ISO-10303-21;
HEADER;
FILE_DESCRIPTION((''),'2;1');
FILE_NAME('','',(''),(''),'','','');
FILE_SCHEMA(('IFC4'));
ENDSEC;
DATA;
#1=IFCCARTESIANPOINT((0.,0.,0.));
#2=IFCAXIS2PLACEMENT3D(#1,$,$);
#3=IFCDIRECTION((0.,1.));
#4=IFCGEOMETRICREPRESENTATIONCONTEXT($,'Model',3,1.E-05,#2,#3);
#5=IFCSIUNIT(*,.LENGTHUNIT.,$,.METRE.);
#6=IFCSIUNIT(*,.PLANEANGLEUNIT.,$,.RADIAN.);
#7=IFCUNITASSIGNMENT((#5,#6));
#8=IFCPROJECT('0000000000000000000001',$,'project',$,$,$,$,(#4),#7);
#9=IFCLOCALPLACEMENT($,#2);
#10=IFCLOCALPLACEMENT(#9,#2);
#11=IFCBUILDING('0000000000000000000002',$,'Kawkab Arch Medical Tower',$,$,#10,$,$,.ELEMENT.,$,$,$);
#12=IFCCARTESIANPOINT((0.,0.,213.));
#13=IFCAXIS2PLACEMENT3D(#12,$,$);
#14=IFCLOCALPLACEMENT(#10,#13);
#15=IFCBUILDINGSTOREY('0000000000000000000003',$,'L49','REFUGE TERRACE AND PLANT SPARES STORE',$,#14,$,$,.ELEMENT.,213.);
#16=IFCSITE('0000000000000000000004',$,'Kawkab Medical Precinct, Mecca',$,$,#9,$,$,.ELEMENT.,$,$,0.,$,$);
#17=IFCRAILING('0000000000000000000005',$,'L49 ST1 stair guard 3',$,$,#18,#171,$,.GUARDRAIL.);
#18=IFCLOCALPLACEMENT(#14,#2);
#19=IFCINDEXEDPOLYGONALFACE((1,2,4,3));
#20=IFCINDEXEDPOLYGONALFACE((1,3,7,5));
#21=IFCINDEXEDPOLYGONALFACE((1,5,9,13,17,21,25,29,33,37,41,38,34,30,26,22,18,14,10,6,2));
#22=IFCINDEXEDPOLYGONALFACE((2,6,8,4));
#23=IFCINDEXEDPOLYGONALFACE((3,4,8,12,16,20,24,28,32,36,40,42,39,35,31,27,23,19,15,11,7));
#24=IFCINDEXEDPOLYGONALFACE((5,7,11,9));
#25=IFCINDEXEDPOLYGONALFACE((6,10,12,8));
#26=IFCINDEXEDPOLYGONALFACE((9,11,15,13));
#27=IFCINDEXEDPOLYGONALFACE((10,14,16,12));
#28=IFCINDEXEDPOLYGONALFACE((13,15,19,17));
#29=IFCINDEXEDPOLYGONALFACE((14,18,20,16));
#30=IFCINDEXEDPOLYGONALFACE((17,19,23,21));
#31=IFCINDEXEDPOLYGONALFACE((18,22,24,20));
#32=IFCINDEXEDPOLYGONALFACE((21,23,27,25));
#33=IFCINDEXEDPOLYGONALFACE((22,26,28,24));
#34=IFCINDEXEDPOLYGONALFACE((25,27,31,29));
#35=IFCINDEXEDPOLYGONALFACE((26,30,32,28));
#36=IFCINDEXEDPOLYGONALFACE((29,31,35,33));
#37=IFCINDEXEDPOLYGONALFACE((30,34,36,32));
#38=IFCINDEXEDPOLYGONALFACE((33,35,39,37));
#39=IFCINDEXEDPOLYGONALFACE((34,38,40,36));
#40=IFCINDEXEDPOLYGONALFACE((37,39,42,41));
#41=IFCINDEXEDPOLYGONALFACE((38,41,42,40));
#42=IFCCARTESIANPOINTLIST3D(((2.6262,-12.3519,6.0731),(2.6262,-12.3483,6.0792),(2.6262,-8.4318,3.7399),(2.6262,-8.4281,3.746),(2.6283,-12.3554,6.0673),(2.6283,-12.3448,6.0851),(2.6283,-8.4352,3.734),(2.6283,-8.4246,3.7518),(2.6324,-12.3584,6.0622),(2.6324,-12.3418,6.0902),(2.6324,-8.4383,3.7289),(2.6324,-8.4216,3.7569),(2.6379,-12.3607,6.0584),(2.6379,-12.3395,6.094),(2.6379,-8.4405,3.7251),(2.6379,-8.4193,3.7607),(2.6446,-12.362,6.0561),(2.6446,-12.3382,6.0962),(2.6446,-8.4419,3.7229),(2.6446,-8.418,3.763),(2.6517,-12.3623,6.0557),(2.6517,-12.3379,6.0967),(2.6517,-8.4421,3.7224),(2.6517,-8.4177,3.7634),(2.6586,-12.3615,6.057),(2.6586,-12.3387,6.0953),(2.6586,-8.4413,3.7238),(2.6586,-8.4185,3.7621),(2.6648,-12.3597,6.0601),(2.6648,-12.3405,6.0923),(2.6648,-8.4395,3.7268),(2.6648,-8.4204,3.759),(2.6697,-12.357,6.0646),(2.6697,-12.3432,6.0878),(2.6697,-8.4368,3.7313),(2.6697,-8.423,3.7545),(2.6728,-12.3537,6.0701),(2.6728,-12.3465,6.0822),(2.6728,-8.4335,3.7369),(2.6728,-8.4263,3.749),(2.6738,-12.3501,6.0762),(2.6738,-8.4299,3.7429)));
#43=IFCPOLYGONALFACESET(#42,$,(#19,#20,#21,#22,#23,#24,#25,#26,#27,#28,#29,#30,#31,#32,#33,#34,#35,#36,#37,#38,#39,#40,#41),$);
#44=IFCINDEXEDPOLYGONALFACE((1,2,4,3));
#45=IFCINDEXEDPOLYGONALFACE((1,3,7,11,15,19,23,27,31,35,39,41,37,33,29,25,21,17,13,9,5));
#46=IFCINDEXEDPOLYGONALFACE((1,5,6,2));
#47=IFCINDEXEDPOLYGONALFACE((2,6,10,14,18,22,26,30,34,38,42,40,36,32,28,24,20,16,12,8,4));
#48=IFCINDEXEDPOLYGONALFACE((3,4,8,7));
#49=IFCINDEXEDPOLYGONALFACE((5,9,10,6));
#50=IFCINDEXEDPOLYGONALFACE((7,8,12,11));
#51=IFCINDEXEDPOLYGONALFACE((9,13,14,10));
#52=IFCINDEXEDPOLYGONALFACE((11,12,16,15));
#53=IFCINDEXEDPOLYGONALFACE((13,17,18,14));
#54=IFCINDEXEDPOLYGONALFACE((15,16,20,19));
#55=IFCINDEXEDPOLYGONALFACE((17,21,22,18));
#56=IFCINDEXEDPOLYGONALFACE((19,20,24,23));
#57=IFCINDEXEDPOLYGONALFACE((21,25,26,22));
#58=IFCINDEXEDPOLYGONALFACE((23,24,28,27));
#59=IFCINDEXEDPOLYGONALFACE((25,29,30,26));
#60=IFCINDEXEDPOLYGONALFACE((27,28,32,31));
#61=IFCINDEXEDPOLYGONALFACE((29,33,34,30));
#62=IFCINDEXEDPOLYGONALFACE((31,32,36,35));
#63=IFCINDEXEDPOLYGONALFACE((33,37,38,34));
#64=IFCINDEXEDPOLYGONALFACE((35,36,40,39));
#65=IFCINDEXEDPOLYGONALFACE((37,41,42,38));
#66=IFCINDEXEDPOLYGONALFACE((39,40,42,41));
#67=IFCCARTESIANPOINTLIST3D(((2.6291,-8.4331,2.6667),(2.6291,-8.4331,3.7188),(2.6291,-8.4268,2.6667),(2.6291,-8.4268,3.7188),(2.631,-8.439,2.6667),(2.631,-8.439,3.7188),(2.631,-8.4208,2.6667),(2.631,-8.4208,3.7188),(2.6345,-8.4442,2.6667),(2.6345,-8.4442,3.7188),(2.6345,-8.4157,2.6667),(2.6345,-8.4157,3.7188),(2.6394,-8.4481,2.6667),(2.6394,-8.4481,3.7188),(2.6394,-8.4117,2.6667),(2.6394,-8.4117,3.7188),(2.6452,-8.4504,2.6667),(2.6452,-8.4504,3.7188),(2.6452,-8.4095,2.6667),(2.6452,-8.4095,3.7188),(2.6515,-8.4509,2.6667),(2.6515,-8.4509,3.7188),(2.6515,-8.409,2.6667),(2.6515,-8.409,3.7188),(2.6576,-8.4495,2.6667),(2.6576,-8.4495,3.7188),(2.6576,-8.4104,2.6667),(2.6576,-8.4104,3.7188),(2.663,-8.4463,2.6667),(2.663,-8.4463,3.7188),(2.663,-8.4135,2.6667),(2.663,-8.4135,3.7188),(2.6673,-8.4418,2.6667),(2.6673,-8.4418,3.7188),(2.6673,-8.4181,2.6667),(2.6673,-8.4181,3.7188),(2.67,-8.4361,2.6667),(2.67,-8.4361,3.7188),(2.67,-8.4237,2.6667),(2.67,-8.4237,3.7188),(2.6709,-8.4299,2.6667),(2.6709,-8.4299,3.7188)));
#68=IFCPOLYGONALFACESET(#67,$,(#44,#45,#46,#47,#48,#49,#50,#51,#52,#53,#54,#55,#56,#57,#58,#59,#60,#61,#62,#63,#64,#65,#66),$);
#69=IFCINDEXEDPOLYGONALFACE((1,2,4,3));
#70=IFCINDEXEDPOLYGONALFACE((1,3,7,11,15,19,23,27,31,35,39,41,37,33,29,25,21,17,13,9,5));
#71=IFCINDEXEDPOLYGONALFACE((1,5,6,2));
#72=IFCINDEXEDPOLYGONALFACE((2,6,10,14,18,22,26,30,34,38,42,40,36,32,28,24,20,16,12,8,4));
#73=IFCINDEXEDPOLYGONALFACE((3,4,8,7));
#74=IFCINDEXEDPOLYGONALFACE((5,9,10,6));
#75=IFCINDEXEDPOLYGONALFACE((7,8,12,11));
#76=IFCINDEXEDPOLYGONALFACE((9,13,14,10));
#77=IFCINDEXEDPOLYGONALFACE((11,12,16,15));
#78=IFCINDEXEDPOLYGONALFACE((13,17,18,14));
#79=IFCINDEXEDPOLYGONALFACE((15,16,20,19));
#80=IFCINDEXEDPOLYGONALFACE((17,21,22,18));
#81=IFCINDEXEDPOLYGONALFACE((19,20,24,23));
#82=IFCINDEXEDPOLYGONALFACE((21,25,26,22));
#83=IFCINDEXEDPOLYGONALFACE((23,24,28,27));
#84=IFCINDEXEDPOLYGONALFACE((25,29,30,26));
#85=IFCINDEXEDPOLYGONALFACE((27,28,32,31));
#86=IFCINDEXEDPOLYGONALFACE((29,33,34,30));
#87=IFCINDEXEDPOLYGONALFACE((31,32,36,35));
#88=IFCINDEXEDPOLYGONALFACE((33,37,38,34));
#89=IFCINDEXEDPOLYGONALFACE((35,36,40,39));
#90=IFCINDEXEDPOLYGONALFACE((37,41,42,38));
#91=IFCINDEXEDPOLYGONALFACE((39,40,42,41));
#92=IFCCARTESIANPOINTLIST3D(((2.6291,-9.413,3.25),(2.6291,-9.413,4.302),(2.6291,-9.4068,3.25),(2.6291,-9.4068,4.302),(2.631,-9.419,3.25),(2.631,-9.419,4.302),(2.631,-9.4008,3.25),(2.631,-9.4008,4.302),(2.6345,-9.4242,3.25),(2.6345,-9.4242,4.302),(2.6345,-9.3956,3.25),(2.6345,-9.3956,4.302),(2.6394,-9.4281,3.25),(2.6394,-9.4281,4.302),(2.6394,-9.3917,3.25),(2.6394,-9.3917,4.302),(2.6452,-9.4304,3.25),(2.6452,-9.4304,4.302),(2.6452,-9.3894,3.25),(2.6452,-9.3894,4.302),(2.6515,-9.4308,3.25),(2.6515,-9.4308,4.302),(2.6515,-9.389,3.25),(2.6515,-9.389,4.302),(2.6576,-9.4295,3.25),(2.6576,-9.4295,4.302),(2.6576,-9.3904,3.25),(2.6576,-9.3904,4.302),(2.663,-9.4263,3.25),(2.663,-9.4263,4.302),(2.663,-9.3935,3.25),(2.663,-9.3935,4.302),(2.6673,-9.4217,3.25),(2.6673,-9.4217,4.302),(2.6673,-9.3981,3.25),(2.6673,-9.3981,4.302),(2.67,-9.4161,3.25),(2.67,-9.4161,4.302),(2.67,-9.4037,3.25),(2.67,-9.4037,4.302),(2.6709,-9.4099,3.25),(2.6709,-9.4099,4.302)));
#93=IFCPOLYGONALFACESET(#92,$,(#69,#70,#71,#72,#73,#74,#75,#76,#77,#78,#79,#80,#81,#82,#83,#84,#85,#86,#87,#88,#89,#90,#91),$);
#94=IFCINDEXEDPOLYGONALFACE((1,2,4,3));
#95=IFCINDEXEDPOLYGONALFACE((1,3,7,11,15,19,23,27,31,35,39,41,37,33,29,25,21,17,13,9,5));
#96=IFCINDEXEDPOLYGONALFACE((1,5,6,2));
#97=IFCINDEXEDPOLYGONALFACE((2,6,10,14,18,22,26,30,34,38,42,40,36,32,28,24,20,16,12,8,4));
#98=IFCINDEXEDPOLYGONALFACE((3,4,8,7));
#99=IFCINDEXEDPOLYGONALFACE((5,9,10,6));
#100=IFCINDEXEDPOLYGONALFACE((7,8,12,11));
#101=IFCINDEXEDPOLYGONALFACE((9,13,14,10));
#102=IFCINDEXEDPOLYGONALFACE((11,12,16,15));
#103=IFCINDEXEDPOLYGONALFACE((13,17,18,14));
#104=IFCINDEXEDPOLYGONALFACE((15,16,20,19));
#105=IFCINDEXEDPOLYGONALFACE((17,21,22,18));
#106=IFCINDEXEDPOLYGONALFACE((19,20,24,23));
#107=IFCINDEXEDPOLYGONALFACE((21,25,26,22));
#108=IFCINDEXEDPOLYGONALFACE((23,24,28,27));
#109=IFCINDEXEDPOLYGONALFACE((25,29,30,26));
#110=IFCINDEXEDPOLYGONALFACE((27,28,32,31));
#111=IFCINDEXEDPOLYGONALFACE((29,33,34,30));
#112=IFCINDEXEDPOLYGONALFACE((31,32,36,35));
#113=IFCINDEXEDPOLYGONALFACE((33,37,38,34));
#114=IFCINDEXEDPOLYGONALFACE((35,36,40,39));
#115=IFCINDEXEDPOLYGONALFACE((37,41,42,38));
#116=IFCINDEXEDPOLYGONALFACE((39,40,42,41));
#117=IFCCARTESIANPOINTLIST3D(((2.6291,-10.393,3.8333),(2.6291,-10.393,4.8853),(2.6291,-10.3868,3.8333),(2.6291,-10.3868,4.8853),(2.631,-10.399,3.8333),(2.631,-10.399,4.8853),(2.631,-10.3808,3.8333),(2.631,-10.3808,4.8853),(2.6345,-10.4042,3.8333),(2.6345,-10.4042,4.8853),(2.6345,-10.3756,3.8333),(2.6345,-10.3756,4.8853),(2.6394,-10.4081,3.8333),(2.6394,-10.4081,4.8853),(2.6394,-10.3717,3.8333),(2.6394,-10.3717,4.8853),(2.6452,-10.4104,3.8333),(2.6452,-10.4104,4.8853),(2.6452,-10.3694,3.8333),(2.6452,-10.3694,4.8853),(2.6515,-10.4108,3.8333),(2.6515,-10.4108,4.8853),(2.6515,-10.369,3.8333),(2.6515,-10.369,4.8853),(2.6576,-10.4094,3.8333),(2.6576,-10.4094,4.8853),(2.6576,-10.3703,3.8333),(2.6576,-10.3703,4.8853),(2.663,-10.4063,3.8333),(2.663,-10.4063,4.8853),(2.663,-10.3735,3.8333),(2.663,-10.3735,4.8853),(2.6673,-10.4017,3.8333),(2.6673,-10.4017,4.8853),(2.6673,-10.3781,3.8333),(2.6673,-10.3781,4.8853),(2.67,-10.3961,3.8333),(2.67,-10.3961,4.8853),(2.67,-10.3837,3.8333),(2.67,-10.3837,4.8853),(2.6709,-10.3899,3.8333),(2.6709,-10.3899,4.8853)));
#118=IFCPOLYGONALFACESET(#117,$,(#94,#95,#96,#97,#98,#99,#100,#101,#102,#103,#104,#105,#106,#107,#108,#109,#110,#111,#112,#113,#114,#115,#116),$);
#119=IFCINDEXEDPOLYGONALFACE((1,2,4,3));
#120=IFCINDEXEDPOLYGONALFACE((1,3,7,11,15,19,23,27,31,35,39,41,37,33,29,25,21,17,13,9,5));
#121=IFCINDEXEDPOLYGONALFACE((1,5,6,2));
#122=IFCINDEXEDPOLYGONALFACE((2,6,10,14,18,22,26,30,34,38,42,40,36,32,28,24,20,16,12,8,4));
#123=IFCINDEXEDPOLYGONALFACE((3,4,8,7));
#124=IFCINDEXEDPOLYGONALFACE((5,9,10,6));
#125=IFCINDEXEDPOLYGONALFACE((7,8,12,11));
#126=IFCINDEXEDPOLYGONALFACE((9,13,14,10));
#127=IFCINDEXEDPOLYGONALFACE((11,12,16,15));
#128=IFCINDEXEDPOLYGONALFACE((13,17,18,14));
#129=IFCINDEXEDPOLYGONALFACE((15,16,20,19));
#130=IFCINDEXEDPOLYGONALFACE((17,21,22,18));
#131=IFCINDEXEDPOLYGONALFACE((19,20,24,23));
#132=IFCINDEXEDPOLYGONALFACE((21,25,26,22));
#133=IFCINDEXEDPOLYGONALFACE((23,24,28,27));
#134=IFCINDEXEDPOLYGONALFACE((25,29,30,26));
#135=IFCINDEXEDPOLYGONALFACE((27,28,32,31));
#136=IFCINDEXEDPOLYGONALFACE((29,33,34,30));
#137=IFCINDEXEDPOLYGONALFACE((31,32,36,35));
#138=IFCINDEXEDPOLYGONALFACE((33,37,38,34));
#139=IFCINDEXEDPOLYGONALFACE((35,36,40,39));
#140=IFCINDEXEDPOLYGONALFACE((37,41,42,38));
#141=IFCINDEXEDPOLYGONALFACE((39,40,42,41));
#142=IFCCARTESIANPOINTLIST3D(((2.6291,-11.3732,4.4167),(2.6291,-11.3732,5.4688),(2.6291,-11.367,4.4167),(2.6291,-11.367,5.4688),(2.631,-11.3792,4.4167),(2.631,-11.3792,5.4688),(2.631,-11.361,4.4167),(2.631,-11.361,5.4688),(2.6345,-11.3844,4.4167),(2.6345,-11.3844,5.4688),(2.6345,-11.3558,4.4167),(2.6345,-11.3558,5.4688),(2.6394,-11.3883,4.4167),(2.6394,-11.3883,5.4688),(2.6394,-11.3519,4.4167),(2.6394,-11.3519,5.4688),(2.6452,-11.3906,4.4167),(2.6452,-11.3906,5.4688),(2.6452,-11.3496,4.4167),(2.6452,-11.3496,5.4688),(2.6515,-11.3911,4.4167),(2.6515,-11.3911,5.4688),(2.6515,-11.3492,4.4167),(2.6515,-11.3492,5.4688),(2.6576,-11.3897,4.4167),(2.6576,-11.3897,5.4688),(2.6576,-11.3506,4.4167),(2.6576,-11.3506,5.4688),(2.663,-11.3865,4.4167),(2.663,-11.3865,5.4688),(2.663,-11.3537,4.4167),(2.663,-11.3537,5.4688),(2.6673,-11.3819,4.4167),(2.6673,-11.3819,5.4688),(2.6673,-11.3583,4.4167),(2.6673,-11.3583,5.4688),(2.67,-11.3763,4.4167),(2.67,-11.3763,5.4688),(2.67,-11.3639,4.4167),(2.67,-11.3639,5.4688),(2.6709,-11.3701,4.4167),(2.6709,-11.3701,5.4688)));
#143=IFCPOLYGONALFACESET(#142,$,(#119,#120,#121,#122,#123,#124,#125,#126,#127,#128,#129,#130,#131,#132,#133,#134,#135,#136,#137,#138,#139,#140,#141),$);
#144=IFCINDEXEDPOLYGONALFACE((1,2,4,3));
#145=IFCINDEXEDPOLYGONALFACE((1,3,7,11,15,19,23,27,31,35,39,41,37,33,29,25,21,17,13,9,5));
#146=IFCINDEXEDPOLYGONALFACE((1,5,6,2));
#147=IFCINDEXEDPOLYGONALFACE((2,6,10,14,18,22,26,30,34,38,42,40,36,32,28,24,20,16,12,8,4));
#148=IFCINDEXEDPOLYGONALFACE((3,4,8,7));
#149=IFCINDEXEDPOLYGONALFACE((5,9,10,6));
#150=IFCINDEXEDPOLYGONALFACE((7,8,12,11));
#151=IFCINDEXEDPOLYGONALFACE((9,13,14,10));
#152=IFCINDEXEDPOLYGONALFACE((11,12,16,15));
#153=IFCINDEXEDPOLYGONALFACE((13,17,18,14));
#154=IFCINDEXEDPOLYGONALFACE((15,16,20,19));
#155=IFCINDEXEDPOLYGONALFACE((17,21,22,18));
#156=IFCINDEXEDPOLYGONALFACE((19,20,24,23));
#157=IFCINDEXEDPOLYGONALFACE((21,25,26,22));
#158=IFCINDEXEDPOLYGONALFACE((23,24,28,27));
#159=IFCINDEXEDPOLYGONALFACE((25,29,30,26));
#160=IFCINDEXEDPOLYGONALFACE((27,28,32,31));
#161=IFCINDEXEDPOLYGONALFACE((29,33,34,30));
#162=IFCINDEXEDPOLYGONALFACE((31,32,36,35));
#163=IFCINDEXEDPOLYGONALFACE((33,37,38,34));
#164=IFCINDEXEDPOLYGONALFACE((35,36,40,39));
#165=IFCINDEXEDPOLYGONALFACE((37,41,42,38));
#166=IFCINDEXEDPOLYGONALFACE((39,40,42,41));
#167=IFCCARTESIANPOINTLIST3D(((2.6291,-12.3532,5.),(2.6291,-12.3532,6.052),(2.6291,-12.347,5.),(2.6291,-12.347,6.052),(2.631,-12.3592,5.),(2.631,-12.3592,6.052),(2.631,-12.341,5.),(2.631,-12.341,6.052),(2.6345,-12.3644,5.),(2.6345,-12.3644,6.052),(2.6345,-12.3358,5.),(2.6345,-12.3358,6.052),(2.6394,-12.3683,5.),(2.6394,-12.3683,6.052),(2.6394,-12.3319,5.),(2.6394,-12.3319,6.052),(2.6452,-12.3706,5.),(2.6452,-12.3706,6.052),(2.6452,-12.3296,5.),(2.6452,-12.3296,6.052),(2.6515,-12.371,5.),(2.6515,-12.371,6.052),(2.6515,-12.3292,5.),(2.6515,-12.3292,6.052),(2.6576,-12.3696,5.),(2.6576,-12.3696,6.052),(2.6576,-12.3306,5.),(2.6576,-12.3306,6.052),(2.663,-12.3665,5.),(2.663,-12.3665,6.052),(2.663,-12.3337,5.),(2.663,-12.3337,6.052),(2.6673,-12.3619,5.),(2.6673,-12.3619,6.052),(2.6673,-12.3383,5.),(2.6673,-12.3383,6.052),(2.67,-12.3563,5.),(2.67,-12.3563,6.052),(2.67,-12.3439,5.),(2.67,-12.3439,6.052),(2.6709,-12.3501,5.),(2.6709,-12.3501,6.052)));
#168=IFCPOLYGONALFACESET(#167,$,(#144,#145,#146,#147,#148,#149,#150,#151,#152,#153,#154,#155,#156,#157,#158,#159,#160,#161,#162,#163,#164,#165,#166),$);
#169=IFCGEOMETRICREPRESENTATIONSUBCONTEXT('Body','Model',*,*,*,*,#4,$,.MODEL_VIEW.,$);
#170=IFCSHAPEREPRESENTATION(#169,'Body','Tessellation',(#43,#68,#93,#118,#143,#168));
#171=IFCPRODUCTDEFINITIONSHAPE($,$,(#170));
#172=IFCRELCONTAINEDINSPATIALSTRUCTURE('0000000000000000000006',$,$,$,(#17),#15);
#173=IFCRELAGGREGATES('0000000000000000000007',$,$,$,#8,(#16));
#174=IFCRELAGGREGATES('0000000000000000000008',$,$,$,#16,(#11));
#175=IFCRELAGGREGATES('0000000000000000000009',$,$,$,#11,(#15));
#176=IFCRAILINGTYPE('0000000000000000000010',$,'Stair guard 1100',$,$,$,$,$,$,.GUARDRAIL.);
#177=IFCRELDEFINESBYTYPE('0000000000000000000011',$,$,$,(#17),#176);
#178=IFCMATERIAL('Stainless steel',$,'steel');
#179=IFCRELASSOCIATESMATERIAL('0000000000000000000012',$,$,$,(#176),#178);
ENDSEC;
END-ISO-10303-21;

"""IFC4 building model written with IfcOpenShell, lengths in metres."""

from ifc_helpers import new_model, si_unit, direction, frame, origin, origin_2d, place, context, subcontext, project, spatial, circle, extrude, material, type_object, element, save


model = new_model("IFC4")

# Units and contexts
model_context = context("Model", 3, precision=1e-05, world=origin(), true_north=direction((0.0, 1.0)))
body_context = subcontext(model_context, "Body", "Model", "MODEL_VIEW")
ifc_project = project(units=[si_unit("LENGTHUNIT", "METRE"), si_unit("PLANEANGLEUNIT", "RADIAN")], contexts=[model_context])

# Site, building, storey
site_placement = place(None, origin())
site = spatial("IfcSite", under=ifc_project, at=site_placement, Name="Kawkab Medical Precinct, Mecca", CompositionType="ELEMENT", RefElevation=0.0)
building_placement = place(site_placement, origin())
building = spatial("IfcBuilding", under=site, at=building_placement, Name="Kawkab Arch Medical Tower", CompositionType="ELEMENT")
storey_placement = place(building_placement, frame((0.0, 0.0, 213.0)))
storey = spatial("IfcBuildingStorey", under=building, at=storey_placement, Name="L49", Description="REFUGE TERRACE AND PLANT SPARES STORE", CompositionType="ELEMENT", Elevation=213.0)

# Railing
ifc_material_1 = material(Name="Stainless steel", Category="steel")
railing_type = type_object("IfcRailingType", Name="Stair guard 1100", PredefinedType="GUARDRAIL", material=ifc_material_1)
railing_1_placement = place(storey_placement, frame((2.6499, -8.4299, 2.6667)))
element("IfcRailing", 1, at=railing_1_placement, inside=storey, type_object=railing_type, Name="L49 ST1 stair guard 3", PredefinedType="GUARDRAIL", context=body_context, shape_type="SweptSolid", body=[
    extrude(circle(Radius=0.0239, at=origin_2d()), frame((0.0, 0.0, 1.0762), z_axis=(0.0, -0.85931, 0.511455), x_axis=(1.0, 0.0, 0.0)), (0.0, 0.0, 1.0), 4.562),
    extrude(circle(Radius=0.021, at=origin_2d()), origin(), (0.0, 0.0, 1.0), 1.052),
    extrude(circle(Radius=0.021, at=origin_2d()), frame((0.0, -0.98, 0.5833)), (0.0, 0.0, 1.0), 1.052),
    extrude(circle(Radius=0.021, at=origin_2d()), frame((0.0, -1.96, 1.1665)), (0.0, 0.0, 1.0), 1.052),
    extrude(circle(Radius=0.021, at=origin_2d()), frame((0.0, -2.9402, 1.75)), (0.0, 0.0, 1.0), 1.052),
    extrude(circle(Radius=0.021, at=origin_2d()), frame((0.0, -3.9202, 2.3333)), (0.0, 0.0, 1.0), 1.052),
])

save(model, "model.ifc")
